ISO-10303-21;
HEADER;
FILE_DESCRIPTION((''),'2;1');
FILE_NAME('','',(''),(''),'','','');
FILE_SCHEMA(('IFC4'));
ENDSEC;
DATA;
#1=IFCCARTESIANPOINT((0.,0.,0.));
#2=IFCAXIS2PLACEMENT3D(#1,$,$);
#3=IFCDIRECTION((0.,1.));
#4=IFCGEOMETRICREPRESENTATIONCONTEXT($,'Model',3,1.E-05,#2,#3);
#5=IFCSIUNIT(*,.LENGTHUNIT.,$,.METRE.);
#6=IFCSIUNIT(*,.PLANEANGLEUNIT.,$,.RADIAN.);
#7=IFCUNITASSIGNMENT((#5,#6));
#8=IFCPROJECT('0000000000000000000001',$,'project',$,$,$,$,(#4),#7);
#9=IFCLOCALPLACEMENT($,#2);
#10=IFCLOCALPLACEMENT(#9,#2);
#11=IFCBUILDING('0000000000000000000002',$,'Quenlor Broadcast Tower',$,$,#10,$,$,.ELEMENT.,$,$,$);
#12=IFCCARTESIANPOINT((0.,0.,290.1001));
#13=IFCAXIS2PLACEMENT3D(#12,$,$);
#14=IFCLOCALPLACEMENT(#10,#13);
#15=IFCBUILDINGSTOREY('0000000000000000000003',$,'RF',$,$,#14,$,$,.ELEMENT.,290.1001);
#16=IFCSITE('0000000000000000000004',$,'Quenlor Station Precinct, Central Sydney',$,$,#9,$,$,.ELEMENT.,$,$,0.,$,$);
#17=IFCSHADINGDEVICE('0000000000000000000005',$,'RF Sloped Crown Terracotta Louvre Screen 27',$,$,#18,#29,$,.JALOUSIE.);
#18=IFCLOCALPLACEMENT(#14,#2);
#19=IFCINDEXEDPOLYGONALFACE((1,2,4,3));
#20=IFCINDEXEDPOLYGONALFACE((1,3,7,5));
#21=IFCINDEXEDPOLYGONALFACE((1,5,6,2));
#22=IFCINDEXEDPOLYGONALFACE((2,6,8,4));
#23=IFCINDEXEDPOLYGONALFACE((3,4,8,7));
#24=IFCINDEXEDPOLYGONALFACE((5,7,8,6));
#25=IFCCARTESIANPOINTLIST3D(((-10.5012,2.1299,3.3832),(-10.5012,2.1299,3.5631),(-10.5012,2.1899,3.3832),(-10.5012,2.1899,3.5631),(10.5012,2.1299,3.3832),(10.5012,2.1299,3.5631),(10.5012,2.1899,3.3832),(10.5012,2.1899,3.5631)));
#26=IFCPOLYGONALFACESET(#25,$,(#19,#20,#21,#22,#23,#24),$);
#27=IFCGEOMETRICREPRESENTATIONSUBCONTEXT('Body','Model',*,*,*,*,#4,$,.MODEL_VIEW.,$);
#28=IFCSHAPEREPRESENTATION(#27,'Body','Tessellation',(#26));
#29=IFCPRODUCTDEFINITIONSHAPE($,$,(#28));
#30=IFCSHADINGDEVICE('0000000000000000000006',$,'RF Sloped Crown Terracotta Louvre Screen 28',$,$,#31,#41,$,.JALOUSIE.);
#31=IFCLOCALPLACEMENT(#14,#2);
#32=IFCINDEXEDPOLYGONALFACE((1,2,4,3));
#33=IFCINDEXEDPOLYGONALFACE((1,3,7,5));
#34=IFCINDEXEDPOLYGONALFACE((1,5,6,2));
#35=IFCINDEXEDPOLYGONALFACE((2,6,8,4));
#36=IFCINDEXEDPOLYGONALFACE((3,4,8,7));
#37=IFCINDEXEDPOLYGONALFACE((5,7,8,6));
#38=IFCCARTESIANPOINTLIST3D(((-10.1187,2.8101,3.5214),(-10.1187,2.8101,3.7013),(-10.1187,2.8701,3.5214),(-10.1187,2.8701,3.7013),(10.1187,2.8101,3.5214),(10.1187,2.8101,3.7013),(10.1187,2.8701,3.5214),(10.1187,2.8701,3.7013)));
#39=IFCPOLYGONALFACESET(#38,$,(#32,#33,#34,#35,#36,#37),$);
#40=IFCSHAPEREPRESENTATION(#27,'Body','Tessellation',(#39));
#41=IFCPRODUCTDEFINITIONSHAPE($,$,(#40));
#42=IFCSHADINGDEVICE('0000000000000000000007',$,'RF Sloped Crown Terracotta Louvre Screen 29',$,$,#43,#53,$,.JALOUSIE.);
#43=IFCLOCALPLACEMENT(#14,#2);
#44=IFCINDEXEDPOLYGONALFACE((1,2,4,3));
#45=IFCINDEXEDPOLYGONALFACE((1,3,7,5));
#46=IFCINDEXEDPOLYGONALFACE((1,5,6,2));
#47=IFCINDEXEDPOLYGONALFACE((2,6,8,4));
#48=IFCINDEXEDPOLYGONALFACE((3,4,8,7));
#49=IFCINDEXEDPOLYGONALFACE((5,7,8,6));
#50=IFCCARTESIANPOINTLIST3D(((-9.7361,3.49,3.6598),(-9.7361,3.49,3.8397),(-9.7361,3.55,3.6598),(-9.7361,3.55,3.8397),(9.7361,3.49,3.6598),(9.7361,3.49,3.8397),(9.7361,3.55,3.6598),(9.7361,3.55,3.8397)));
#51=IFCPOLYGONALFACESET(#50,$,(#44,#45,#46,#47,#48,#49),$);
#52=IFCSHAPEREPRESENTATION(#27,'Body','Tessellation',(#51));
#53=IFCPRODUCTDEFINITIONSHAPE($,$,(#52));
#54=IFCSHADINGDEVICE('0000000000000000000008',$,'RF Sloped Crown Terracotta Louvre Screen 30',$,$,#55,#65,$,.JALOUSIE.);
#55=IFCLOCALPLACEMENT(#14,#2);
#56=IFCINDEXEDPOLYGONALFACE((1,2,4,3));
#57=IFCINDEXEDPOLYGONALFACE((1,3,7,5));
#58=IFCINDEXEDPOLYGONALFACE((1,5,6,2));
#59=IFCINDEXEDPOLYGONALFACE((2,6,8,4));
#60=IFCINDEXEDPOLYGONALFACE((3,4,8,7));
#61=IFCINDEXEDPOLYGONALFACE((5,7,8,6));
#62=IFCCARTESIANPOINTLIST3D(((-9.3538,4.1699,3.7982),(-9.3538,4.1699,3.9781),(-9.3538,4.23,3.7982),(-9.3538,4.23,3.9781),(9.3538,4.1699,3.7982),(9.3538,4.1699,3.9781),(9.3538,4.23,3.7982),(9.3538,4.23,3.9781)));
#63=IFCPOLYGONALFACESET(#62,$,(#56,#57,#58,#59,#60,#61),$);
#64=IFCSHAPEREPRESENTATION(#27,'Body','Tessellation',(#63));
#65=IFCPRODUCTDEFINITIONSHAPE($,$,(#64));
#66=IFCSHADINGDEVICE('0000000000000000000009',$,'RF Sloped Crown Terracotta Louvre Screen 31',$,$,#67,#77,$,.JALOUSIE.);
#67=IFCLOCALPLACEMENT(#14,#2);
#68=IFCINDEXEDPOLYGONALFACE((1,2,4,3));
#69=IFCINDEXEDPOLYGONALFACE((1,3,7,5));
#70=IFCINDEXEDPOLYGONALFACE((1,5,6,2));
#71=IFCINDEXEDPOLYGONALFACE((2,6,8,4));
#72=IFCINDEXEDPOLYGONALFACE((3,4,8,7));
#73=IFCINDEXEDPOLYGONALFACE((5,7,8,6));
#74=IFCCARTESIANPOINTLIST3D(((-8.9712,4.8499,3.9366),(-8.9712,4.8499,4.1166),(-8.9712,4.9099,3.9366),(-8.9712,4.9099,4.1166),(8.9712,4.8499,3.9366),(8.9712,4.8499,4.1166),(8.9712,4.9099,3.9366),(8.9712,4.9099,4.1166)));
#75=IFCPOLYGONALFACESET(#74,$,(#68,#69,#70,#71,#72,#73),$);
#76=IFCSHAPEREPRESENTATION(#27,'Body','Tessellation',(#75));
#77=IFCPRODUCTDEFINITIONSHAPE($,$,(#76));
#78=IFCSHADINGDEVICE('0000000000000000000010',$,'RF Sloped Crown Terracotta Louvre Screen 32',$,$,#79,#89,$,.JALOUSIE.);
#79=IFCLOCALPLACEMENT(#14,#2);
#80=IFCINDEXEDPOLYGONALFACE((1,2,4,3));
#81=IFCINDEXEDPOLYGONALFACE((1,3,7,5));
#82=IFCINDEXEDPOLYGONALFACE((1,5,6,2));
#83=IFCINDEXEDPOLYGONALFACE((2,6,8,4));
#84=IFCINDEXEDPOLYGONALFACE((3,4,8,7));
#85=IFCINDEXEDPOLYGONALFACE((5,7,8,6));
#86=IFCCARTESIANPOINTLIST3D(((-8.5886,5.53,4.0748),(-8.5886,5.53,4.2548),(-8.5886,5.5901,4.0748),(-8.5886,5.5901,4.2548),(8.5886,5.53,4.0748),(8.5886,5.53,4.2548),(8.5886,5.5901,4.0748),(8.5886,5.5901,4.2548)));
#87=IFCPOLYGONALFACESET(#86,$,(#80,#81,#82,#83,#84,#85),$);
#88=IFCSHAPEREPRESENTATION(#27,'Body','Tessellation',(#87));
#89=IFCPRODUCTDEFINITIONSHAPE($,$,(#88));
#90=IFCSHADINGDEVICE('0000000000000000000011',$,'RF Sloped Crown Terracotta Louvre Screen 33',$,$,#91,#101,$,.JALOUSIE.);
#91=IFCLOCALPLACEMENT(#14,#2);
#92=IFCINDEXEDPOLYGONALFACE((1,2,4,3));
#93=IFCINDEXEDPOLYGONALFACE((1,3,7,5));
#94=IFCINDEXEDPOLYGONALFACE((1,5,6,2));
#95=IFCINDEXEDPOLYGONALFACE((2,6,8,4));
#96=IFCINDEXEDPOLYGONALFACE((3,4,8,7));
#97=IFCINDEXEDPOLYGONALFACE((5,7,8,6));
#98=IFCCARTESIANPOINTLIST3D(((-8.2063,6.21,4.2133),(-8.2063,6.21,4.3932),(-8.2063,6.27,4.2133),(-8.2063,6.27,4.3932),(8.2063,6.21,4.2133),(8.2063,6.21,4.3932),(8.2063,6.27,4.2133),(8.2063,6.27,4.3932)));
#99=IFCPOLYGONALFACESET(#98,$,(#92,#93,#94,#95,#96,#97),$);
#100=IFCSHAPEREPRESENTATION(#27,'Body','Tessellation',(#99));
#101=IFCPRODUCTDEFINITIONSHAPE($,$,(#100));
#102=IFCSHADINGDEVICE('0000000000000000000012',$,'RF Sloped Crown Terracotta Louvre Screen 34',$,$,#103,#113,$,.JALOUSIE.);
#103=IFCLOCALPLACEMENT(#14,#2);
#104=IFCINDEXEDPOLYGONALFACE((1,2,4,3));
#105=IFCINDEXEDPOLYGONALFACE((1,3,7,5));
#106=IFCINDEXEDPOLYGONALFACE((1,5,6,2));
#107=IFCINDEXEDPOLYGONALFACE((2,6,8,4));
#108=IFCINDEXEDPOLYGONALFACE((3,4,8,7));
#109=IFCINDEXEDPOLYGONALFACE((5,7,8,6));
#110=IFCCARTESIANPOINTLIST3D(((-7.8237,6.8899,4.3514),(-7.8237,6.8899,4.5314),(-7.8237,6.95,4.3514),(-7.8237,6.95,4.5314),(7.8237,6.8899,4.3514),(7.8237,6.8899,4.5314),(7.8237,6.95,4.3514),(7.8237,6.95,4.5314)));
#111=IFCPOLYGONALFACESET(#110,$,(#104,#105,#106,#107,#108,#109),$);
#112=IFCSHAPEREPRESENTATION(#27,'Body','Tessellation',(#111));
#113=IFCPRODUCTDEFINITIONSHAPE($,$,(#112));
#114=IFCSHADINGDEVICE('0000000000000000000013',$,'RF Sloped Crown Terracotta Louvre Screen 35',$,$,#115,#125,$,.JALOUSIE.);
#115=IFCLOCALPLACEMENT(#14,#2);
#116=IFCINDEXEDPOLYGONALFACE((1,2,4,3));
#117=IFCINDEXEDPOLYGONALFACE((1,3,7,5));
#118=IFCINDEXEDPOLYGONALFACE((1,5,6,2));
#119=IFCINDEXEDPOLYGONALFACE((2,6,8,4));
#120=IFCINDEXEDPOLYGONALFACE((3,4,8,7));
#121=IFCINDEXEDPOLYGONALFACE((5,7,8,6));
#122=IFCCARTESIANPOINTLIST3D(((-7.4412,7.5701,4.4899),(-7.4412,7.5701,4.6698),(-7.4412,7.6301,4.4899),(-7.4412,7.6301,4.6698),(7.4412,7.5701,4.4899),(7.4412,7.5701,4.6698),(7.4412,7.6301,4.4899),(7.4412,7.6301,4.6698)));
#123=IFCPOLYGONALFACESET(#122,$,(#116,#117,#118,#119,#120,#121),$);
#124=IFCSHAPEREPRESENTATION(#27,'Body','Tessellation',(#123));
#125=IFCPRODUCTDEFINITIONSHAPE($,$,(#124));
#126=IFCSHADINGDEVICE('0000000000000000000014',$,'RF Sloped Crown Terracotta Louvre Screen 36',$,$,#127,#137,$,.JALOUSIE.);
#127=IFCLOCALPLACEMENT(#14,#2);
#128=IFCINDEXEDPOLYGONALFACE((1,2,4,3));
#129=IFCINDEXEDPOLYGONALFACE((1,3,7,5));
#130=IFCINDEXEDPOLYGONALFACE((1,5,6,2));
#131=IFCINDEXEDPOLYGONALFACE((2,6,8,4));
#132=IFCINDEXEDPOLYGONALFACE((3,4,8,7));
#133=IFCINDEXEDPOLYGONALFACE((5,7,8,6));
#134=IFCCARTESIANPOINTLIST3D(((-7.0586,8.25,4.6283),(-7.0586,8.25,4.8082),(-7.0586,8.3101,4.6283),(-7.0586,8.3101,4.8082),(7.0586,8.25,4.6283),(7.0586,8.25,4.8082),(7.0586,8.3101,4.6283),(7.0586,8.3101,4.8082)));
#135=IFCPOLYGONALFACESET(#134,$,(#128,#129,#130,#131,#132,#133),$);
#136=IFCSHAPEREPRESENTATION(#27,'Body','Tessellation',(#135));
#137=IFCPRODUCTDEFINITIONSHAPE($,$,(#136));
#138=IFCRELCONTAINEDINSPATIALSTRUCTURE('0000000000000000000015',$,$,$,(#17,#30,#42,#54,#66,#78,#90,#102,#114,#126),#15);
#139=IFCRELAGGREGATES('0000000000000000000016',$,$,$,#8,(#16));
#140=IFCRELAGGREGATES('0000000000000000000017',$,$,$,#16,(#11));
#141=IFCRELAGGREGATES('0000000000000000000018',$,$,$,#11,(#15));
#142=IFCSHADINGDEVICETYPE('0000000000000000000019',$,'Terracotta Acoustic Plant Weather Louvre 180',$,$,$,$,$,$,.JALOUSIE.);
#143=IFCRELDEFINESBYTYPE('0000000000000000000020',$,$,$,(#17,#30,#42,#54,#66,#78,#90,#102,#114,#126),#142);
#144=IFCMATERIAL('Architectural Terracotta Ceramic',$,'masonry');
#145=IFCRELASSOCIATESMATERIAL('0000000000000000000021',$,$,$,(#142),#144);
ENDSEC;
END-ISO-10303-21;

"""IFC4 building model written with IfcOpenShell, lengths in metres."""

from ifc_helpers import new_model, si_unit, direction, frame, origin, origin_2d, place, context, subcontext, project, spatial, rectangle, extrude, material, material_profile, profile_set, type_object, element, save


model = new_model("IFC4")

# Units and contexts
model_context = context("Model", 3, precision=1e-05, world=origin(), true_north=direction((0.0, 1.0)))
body_context = subcontext(model_context, "Body", "Model", "MODEL_VIEW")
ifc_project = project(units=[si_unit("LENGTHUNIT", "METRE"), si_unit("PLANEANGLEUNIT", "RADIAN")], contexts=[model_context])

# Site, building, storey
site_placement = place(None, origin())
site = spatial("IfcSite", under=ifc_project, at=site_placement, Name="Quenlor Station Precinct, Central Sydney", CompositionType="ELEMENT", RefElevation=0.0)
building_placement = place(site_placement, origin())
building = spatial("IfcBuilding", under=site, at=building_placement, Name="Quenlor Broadcast Tower", CompositionType="ELEMENT")
storey_placement = place(building_placement, frame((0.0, 0.0, 290.1001)))
storey = spatial("IfcBuildingStorey", under=building, at=storey_placement, Name="RF", CompositionType="ELEMENT", Elevation=290.1001)

# Shading devices
ifc_material_1 = material(Name="Architectural Terracotta Ceramic", Category="masonry")
ifc_material_profile_1 = material_profile(ifc_material_1, rectangle(XDim=0.0601, YDim=0.1799, at=origin_2d()))
ifc_profile_set_1 = profile_set([ifc_material_profile_1], Name="Architectural Terracotta Ceramic LVR60x180")
shading_device_type_1 = type_object("IfcShadingDeviceType", Name="Terracotta Acoustic Plant Weather Louvre 180", PredefinedType="JALOUSIE", material=ifc_profile_set_1)
shading_device_1_placement = place(storey_placement, frame((-10.5012, 2.1599, 3.4731), z_axis=(1.0, 0.0, 0.0), x_axis=(0.0, 1.0, 0.0)))
element("IfcShadingDevice", 1, at=shading_device_1_placement, inside=storey, type_object=shading_device_type_1, Name="RF Sloped Crown Terracotta Louvre Screen 27", PredefinedType="JALOUSIE", context=body_context, shape_type="SweptSolid", body=[
    extrude(rectangle(XDim=0.0601, YDim=0.1799, at=origin_2d()), origin(), (0.0, 0.0, 1.0), 21.0024),
])
shading_device_2_placement = place(storey_placement, frame((-10.1187, 2.8401, 3.6113), z_axis=(1.0, 0.0, 0.0), x_axis=(0.0, 1.0, 0.0)))
element("IfcShadingDevice", 2, at=shading_device_2_placement, inside=storey, type_object=shading_device_type_1, Name="RF Sloped Crown Terracotta Louvre Screen 28", PredefinedType="JALOUSIE", context=body_context, shape_type="SweptSolid", body=[
    extrude(rectangle(XDim=0.0601, YDim=0.1799, at=origin_2d()), origin(), (0.0, 0.0, 1.0), 20.2373),
])
shading_device_3_placement = place(storey_placement, frame((-9.7361, 3.52, 3.7498), z_axis=(1.0, 0.0, 0.0), x_axis=(0.0, 1.0, 0.0)))
element("IfcShadingDevice", 3, at=shading_device_3_placement, inside=storey, type_object=shading_device_type_1, Name="RF Sloped Crown Terracotta Louvre Screen 29", PredefinedType="JALOUSIE", context=body_context, shape_type="SweptSolid", body=[
    extrude(rectangle(XDim=0.0601, YDim=0.1799, at=origin_2d()), origin(), (0.0, 0.0, 1.0), 19.4722),
])
shading_device_4_placement = place(storey_placement, frame((-9.3538, 4.2, 3.8882), z_axis=(1.0, 0.0, 0.0), x_axis=(0.0, 1.0, 0.0)))
element("IfcShadingDevice", 4, at=shading_device_4_placement, inside=storey, type_object=shading_device_type_1, Name="RF Sloped Crown Terracotta Louvre Screen 30", PredefinedType="JALOUSIE", context=body_context, shape_type="SweptSolid", body=[
    extrude(rectangle(XDim=0.0601, YDim=0.1799, at=origin_2d()), origin(), (0.0, 0.0, 1.0), 18.7075),
])
shading_device_5_placement = place(storey_placement, frame((-8.9712, 4.8799, 4.0266), z_axis=(1.0, 0.0, 0.0), x_axis=(0.0, 1.0, 0.0)))
element("IfcShadingDevice", 5, at=shading_device_5_placement, inside=storey, type_object=shading_device_type_1, Name="RF Sloped Crown Terracotta Louvre Screen 31", PredefinedType="JALOUSIE", context=body_context, shape_type="SweptSolid", body=[
    extrude(rectangle(XDim=0.0601, YDim=0.1799, at=origin_2d()), origin(), (0.0, 0.0, 1.0), 17.9424),
])
shading_device_6_placement = place(storey_placement, frame((-8.5886, 5.5601, 4.1648), z_axis=(1.0, 0.0, 0.0), x_axis=(0.0, 1.0, 0.0)))
element("IfcShadingDevice", 6, at=shading_device_6_placement, inside=storey, type_object=shading_device_type_1, Name="RF Sloped Crown Terracotta Louvre Screen 32", PredefinedType="JALOUSIE", context=body_context, shape_type="SweptSolid", body=[
    extrude(rectangle(XDim=0.0601, YDim=0.1799, at=origin_2d()), origin(), (0.0, 0.0, 1.0), 17.1772),
])
shading_device_7_placement = place(storey_placement, frame((-8.2063, 6.24, 4.3032), z_axis=(1.0, 0.0, 0.0), x_axis=(0.0, 1.0, 0.0)))
element("IfcShadingDevice", 7, at=shading_device_7_placement, inside=storey, type_object=shading_device_type_1, Name="RF Sloped Crown Terracotta Louvre Screen 33", PredefinedType="JALOUSIE", context=body_context, shape_type="SweptSolid", body=[
    extrude(rectangle(XDim=0.0601, YDim=0.1799, at=origin_2d()), origin(), (0.0, 0.0, 1.0), 16.4126),
])
shading_device_8_placement = place(storey_placement, frame((-7.8237, 6.9199, 4.4414), z_axis=(1.0, 0.0, 0.0), x_axis=(0.0, 1.0, 0.0)))
element("IfcShadingDevice", 8, at=shading_device_8_placement, inside=storey, type_object=shading_device_type_1, Name="RF Sloped Crown Terracotta Louvre Screen 34", PredefinedType="JALOUSIE", context=body_context, shape_type="SweptSolid", body=[
    extrude(rectangle(XDim=0.0601, YDim=0.1799, at=origin_2d()), origin(), (0.0, 0.0, 1.0), 15.6475),
])
shading_device_9_placement = place(storey_placement, frame((-7.4412, 7.6001, 4.5798), z_axis=(1.0, 0.0, 0.0), x_axis=(0.0, 1.0, 0.0)))
element("IfcShadingDevice", 9, at=shading_device_9_placement, inside=storey, type_object=shading_device_type_1, Name="RF Sloped Crown Terracotta Louvre Screen 35", PredefinedType="JALOUSIE", context=body_context, shape_type="SweptSolid", body=[
    extrude(rectangle(XDim=0.0601, YDim=0.1799, at=origin_2d()), origin(), (0.0, 0.0, 1.0), 14.8823),
])
shading_device_10_placement = place(storey_placement, frame((-7.0586, 8.28, 4.7183), z_axis=(1.0, 0.0, 0.0), x_axis=(0.0, 1.0, 0.0)))
element("IfcShadingDevice", 10, at=shading_device_10_placement, inside=storey, type_object=shading_device_type_1, Name="RF Sloped Crown Terracotta Louvre Screen 36", PredefinedType="JALOUSIE", context=body_context, shape_type="SweptSolid", body=[
    extrude(rectangle(XDim=0.0601, YDim=0.1799, at=origin_2d()), origin(), (0.0, 0.0, 1.0), 14.1172),
])

save(model, "model.ifc")
